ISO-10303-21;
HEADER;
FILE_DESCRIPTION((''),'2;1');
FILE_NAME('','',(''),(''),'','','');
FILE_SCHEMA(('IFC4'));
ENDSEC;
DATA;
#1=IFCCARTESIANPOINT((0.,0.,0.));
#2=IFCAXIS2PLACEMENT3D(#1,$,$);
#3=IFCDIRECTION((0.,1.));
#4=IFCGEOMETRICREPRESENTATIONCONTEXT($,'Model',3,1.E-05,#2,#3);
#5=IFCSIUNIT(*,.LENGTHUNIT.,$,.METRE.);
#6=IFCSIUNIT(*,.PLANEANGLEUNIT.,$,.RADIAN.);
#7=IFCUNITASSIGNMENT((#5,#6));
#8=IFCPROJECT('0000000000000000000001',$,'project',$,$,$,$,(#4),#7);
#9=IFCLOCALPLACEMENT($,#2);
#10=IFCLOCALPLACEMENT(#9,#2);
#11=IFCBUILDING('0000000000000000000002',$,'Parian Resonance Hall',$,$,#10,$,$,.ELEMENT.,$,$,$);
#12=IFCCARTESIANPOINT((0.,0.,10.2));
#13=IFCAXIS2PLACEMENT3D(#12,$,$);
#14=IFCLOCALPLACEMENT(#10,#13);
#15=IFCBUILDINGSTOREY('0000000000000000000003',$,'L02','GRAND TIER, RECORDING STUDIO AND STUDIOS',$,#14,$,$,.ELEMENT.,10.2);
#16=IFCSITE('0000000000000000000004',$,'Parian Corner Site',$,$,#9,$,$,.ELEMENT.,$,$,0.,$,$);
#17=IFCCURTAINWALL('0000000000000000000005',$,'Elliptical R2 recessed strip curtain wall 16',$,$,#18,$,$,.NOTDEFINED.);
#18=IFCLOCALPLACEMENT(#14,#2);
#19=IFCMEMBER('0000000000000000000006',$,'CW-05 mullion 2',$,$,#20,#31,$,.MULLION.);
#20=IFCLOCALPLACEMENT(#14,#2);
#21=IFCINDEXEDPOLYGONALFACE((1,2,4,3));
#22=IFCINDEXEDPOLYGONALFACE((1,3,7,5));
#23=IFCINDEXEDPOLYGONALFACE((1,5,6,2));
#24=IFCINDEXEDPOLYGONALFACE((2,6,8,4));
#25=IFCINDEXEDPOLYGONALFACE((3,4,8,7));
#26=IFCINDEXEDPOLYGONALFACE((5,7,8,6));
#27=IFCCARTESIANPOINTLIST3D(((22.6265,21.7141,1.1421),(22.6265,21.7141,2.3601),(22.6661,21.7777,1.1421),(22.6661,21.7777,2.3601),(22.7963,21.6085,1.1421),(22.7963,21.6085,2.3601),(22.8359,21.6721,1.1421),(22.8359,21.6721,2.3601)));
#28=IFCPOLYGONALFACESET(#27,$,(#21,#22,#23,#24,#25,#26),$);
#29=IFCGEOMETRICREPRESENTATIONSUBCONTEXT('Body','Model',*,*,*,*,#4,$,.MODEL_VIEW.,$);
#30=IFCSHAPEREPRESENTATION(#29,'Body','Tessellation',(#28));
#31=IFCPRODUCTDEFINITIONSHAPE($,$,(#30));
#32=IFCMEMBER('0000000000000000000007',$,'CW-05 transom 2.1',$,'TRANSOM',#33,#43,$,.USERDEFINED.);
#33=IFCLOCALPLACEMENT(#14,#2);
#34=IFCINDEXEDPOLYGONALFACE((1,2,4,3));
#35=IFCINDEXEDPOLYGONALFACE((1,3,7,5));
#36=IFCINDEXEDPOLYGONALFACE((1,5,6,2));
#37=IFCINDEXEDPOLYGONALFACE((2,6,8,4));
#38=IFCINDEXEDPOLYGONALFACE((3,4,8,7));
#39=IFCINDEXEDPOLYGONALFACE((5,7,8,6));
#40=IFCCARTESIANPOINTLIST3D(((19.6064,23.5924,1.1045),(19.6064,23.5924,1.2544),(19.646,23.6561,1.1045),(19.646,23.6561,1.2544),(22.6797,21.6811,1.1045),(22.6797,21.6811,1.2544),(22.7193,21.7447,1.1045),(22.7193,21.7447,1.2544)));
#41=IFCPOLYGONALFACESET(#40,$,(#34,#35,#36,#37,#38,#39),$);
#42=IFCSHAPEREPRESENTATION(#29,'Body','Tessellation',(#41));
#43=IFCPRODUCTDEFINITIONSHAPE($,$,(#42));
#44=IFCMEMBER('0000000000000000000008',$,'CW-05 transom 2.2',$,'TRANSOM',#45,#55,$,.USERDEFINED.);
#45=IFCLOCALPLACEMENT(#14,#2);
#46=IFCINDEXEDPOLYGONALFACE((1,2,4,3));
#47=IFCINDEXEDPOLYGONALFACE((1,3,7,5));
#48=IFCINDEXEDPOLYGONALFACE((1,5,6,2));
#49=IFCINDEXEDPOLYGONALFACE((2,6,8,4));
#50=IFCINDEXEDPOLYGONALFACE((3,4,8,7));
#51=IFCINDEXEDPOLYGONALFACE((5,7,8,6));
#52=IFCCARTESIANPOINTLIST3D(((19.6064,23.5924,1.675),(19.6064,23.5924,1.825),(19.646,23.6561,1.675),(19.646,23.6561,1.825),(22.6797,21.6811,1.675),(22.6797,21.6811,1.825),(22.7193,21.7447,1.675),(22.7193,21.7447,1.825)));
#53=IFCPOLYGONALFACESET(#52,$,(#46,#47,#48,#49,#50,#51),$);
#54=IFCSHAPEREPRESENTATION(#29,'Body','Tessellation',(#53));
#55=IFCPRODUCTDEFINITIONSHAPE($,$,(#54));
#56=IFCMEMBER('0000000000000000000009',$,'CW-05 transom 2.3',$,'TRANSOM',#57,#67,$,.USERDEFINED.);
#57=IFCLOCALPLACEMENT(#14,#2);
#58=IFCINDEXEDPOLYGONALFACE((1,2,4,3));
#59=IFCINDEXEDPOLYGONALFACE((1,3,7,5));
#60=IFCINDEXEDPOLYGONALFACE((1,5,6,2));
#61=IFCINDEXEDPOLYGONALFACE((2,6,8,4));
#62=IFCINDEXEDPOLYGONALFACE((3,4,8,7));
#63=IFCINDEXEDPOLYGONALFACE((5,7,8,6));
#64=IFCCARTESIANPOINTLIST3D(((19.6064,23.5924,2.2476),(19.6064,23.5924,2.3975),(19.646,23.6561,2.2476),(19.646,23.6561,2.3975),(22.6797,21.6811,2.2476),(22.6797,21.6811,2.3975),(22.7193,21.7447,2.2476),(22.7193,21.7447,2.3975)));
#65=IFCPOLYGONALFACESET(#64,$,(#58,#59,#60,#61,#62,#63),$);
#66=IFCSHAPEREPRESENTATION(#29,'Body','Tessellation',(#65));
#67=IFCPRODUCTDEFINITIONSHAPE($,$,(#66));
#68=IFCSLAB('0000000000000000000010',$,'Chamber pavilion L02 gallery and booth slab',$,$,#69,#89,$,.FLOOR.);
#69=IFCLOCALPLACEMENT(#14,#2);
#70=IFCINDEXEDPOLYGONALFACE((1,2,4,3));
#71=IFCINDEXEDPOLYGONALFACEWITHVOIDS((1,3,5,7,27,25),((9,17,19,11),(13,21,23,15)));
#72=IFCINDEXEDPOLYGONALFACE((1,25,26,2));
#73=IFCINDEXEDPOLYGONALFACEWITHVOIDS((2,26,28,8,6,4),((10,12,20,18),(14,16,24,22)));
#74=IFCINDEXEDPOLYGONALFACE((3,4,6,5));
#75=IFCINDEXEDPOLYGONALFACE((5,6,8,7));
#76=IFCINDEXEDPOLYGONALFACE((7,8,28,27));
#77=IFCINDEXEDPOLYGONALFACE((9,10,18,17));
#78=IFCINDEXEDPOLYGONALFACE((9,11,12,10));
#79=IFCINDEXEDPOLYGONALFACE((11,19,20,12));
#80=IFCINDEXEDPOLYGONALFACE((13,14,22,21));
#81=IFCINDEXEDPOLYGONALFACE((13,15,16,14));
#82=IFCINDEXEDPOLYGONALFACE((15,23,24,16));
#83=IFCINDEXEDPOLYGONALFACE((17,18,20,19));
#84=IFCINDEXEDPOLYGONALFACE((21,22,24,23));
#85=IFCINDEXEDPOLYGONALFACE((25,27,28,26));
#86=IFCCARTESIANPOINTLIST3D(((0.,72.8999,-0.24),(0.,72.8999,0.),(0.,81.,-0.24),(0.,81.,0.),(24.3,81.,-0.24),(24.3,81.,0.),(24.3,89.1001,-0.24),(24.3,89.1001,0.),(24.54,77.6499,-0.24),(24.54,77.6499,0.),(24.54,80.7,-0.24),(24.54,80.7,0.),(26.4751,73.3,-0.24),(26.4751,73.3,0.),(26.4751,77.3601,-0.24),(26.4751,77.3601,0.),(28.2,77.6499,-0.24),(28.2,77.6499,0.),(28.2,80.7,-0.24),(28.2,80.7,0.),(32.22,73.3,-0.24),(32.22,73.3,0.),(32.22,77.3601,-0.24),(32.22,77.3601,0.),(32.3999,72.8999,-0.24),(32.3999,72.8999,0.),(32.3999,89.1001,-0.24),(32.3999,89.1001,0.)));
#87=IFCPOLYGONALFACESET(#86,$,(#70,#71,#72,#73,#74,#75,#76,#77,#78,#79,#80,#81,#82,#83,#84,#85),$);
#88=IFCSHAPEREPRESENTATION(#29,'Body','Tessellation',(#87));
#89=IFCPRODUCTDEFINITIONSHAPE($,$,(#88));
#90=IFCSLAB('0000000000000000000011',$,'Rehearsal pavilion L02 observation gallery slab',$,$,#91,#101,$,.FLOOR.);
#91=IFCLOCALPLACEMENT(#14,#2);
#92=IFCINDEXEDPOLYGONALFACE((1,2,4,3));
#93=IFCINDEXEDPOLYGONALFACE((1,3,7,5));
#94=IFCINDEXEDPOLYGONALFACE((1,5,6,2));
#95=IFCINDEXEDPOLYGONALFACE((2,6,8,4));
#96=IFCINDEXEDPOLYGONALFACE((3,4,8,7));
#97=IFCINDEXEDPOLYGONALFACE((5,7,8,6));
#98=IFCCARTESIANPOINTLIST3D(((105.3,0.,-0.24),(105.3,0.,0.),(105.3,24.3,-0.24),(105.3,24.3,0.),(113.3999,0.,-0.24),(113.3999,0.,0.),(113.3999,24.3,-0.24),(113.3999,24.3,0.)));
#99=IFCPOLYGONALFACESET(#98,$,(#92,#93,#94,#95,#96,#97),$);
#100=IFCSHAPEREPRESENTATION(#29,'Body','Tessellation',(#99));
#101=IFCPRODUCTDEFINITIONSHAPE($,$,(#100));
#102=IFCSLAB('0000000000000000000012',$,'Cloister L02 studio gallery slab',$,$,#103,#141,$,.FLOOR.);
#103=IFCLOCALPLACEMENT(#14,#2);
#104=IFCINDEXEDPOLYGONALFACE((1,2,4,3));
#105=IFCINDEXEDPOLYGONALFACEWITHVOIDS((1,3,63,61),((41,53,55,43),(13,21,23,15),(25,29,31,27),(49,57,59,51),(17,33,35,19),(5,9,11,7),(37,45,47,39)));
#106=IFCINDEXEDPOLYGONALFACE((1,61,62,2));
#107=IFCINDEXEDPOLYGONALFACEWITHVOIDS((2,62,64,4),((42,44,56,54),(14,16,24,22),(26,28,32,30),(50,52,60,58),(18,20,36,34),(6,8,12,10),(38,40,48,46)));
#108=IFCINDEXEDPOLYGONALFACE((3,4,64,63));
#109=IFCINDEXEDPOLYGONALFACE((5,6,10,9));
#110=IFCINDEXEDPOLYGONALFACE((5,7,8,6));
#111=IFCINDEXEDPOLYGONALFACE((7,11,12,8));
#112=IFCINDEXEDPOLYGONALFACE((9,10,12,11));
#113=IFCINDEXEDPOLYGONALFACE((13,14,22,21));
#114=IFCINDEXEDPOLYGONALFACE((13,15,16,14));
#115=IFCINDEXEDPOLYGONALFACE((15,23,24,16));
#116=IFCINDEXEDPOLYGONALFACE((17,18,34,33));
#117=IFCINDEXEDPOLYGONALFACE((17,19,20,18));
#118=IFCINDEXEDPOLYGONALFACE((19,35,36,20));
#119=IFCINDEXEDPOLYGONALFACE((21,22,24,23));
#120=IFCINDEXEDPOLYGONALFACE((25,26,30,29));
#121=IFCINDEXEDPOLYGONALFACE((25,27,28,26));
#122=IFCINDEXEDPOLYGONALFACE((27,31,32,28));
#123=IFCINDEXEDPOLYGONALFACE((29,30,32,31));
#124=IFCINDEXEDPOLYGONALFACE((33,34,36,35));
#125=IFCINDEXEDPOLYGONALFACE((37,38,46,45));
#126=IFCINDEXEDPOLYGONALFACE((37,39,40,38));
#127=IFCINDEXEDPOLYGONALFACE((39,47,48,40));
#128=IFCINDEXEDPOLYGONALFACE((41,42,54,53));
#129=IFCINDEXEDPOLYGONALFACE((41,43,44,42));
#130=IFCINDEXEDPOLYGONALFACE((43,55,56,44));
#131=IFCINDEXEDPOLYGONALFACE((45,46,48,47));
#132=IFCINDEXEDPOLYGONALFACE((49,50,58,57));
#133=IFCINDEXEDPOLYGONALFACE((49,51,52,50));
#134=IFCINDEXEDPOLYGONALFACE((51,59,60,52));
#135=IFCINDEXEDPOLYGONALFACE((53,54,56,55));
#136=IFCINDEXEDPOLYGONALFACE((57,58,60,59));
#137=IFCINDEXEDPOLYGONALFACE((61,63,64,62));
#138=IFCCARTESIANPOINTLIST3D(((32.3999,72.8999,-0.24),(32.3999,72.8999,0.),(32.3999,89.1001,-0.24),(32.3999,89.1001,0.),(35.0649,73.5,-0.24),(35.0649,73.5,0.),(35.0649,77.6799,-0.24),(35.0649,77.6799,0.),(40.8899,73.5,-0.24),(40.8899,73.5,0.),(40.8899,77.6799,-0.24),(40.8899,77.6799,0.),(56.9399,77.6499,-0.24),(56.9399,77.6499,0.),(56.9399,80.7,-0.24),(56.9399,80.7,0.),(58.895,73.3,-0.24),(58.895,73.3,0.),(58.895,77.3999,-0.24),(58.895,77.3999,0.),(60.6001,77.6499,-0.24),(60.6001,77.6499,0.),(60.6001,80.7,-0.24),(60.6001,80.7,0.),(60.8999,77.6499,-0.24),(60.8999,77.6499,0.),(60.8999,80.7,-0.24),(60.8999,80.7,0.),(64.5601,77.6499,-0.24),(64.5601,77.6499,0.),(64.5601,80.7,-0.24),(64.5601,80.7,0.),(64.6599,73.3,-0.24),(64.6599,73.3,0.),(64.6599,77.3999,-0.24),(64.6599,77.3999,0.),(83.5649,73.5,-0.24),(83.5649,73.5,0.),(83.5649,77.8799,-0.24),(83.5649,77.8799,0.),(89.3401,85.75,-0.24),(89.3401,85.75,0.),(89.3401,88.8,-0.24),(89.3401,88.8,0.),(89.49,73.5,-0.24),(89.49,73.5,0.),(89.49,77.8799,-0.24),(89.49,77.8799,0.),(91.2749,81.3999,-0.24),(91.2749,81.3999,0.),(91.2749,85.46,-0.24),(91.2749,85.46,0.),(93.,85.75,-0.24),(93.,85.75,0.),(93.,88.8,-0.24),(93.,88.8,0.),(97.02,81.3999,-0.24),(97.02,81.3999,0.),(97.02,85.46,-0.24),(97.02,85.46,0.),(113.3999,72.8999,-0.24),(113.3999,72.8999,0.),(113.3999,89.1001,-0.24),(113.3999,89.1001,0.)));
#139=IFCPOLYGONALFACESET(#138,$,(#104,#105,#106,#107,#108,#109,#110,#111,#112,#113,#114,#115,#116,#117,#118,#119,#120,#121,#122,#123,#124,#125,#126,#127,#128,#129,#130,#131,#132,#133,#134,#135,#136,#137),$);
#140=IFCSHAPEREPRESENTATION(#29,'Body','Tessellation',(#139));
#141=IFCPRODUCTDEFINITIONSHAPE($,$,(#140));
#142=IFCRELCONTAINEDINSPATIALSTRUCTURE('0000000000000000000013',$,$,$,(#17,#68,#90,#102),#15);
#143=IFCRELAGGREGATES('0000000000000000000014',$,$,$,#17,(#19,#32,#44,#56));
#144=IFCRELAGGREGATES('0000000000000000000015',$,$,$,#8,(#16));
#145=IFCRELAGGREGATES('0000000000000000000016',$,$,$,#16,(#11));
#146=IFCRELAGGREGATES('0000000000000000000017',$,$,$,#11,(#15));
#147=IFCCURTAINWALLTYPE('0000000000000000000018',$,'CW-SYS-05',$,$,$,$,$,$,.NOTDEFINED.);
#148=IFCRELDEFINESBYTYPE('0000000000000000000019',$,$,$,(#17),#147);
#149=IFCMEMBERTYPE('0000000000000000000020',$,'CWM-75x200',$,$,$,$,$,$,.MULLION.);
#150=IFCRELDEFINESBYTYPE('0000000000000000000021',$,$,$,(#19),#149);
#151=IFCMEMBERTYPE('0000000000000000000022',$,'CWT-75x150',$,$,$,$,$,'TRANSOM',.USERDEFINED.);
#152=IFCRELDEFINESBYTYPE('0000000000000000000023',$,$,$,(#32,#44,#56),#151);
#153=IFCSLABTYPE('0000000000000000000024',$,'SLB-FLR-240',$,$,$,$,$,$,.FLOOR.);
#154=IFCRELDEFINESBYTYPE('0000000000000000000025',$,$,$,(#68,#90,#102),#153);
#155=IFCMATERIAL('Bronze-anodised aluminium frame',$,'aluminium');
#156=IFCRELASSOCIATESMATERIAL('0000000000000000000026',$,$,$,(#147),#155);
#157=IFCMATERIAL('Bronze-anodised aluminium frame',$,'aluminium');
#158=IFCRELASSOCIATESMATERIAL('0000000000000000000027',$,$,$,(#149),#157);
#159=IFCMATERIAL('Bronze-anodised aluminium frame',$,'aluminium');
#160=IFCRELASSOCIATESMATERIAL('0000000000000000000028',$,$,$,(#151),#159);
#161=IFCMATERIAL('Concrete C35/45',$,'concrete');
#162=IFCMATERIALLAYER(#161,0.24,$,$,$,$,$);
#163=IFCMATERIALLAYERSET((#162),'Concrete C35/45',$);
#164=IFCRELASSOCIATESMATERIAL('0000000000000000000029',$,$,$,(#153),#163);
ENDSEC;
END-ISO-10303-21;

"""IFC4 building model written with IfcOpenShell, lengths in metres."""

from ifc_helpers import new_model, si_unit, direction, frame, origin, origin_2d, place, context, subcontext, project, spatial, polyline, rectangle, outline, extrude, material, layer, layer_set, material_profile, profile_set, type_object, element, aggregate, save


model = new_model("IFC4")

# Units and contexts
model_context = context("Model", 3, precision=1e-05, world=origin(), true_north=direction((0.0, 1.0)))
body_context = subcontext(model_context, "Body", "Model", "MODEL_VIEW")
ifc_project = project(units=[si_unit("LENGTHUNIT", "METRE"), si_unit("PLANEANGLEUNIT", "RADIAN")], contexts=[model_context])

# Site, building, storey
site_placement = place(None, origin())
site = spatial("IfcSite", under=ifc_project, at=site_placement, Name="Parian Corner Site", CompositionType="ELEMENT", RefElevation=0.0)
building_placement = place(site_placement, origin())
building = spatial("IfcBuilding", under=site, at=building_placement, Name="Parian Resonance Hall", CompositionType="ELEMENT")
storey_placement = place(building_placement, frame((0.0, 0.0, 10.2)))
storey = spatial("IfcBuildingStorey", under=building, at=storey_placement, Name="L02", Description="GRAND TIER, RECORDING STUDIO AND STUDIOS", CompositionType="ELEMENT", Elevation=10.2)

# Curtain wall, members
ifc_material_1 = material(Name="Bronze-anodised aluminium frame", Category="aluminium")
curtain_wall_type = type_object("IfcCurtainWallType", Name="CW-SYS-05", PredefinedType="NOTDEFINED", material=ifc_material_1)
curtain_wall_placement = place(storey_placement, origin())
curtain_wall = element("IfcCurtainWall", 1, at=curtain_wall_placement, inside=storey, type_object=curtain_wall_type, Name="Elliptical R2 recessed strip curtain wall 16", PredefinedType="NOTDEFINED")
ifc_material_2 = material(Name="Bronze-anodised aluminium frame", Category="aluminium")
ifc_material_profile_1 = material_profile(ifc_material_2, rectangle(XDim=0.075, YDim=0.2, at=origin_2d()), Name="CWM-75x200")
ifc_profile_set_1 = profile_set([ifc_material_profile_1], Name="Bronze-anodised aluminium frame")
member_type_1 = type_object("IfcMemberType", Name="CWM-75x200", PredefinedType="MULLION", material=ifc_profile_set_1)
member_1_placement = place(storey_placement, frame((22.7312, 21.6931, 1.1421), z_axis=(0.0, 0.0, 1.0), x_axis=(-0.528096, -0.849185, 0.0)))
member_1 = element("IfcMember", 2, at=member_1_placement, type_object=member_type_1, Name="CW-05 mullion 2", PredefinedType="MULLION", context=body_context, shape_type="SweptSolid", body=[
    extrude(rectangle(XDim=0.075, YDim=0.2, at=origin_2d()), origin(), (0.0, 0.0, 1.0), 1.218),
])
ifc_material_3 = material(Name="Bronze-anodised aluminium frame", Category="aluminium")
ifc_material_profile_2 = material_profile(ifc_material_3, rectangle(XDim=0.075, YDim=0.1499, at=origin_2d()), Name="CWT-75x150")
ifc_profile_set_2 = profile_set([ifc_material_profile_2], Name="Bronze-anodised aluminium frame")
member_type_2 = type_object("IfcMemberType", Name="CWT-75x150", ElementType="TRANSOM", PredefinedType="USERDEFINED", material=ifc_profile_set_2)
member_2_placement = place(storey_placement, frame((22.6995, 21.7129, 1.1794), z_axis=(-0.849164, 0.52813, 0.0), x_axis=(-0.52813, -0.849164, 0.0)))
member_2 = element("IfcMember", 3, at=member_2_placement, type_object=member_type_2, Name="CW-05 transom 2.1", ObjectType="TRANSOM", PredefinedType="USERDEFINED", context=body_context, shape_type="SweptSolid", body=[
    extrude(rectangle(XDim=0.075, YDim=0.1499, at=origin_2d()), origin(), (0.0, 0.0, 1.0), 3.6191),
])
member_3_placement = place(storey_placement, frame((22.6995, 21.7129, 1.75), z_axis=(-0.849164, 0.52813, 0.0), x_axis=(-0.52813, -0.849164, 0.0)))
member_3 = element("IfcMember", 4, at=member_3_placement, type_object=member_type_2, Name="CW-05 transom 2.2", ObjectType="TRANSOM", PredefinedType="USERDEFINED", context=body_context, shape_type="SweptSolid", body=[
    extrude(rectangle(XDim=0.075, YDim=0.1499, at=origin_2d()), origin(), (0.0, 0.0, 1.0), 3.6191),
])
member_4_placement = place(storey_placement, frame((22.6995, 21.7129, 2.3225), z_axis=(-0.849164, 0.52813, 0.0), x_axis=(-0.52813, -0.849164, 0.0)))
member_4 = element("IfcMember", 5, at=member_4_placement, type_object=member_type_2, Name="CW-05 transom 2.3", ObjectType="TRANSOM", PredefinedType="USERDEFINED", context=body_context, shape_type="SweptSolid", body=[
    extrude(rectangle(XDim=0.075, YDim=0.1499, at=origin_2d()), origin(), (0.0, 0.0, 1.0), 3.6191),
])
aggregate(curtain_wall, [member_1, member_2, member_3, member_4])

# Slabs
ifc_material_4 = material(Name="Concrete C35/45", Category="concrete")
ifc_layer_1 = layer(ifc_material_4, 0.24)
ifc_layer_set_1 = layer_set([ifc_layer_1], Name="Concrete C35/45")
slab_type_1 = type_object("IfcSlabType", Name="SLB-FLR-240", PredefinedType="FLOOR", material=ifc_layer_set_1)
slab_1_placement = place(storey_placement, frame((0.0, 0.0, -0.24)))
element("IfcSlab", 6, at=slab_1_placement, inside=storey, type_object=slab_type_1, Name="Chamber pavilion L02 gallery and booth slab", PredefinedType="FLOOR", context=body_context, shape_type="SweptSolid", body=[
    extrude(outline(polyline([(32.3999, 89.1001), (24.3, 89.1001), (24.3, 81.0), (0.0, 81.0), (0.0, 72.8999), (32.3999, 72.8999), (32.3999, 89.1001)]), holes=[polyline([(26.4751, 77.3601), (32.22, 77.3601), (32.22, 73.3), (26.4751, 73.3), (26.4751, 77.3601)]), polyline([(24.54, 80.7), (28.2, 80.7), (28.2, 77.6499), (24.54, 77.6499), (24.54, 80.7)])]), origin(), (0.0, 0.0, 1.0), 0.24),
])
slab_2_placement = place(storey_placement, frame((0.0, 0.0, -0.24)))
element("IfcSlab", 7, at=slab_2_placement, inside=storey, type_object=slab_type_1, Name="Rehearsal pavilion L02 observation gallery slab", PredefinedType="FLOOR", context=body_context, shape_type="SweptSolid", body=[
    extrude(outline(polyline([(105.3, 0.0), (113.3999, 0.0), (113.3999, 24.3), (105.3, 24.3), (105.3, 0.0)])), origin(), (0.0, 0.0, 1.0), 0.24),
])
slab_3_placement = place(storey_placement, frame((0.0, 0.0, -0.24)))
element("IfcSlab", 8, at=slab_3_placement, inside=storey, type_object=slab_type_1, Name="Cloister L02 studio gallery slab", PredefinedType="FLOOR", context=body_context, shape_type="SweptSolid", body=[
    extrude(outline(polyline([(32.3999, 72.8999), (113.3999, 72.8999), (113.3999, 89.1001), (32.3999, 89.1001), (32.3999, 72.8999)]), holes=[polyline([(64.6599, 77.3999), (64.6599, 73.3), (58.895, 73.3), (58.895, 77.3999), (64.6599, 77.3999)]), polyline([(40.8899, 73.5), (35.0649, 73.5), (35.0649, 77.6799), (40.8899, 77.6799), (40.8899, 73.5)]), polyline([(89.49, 73.5), (83.5649, 73.5), (83.5649, 77.8799), (89.49, 77.8799), (89.49, 73.5)]), polyline([(60.6001, 77.6499), (56.9399, 77.6499), (56.9399, 80.7), (60.6001, 80.7), (60.6001, 77.6499)]), polyline([(64.5601, 77.6499), (60.8999, 77.6499), (60.8999, 80.7), (64.5601, 80.7), (64.5601, 77.6499)]), polyline([(97.02, 81.3999), (91.2749, 81.3999), (91.2749, 85.46), (97.02, 85.46), (97.02, 81.3999)]), polyline([(93.0, 85.75), (89.3401, 85.75), (89.3401, 88.8), (93.0, 88.8), (93.0, 85.75)])]), origin(), (0.0, 0.0, 1.0), 0.24),
])

save(model, "model.ifc")
